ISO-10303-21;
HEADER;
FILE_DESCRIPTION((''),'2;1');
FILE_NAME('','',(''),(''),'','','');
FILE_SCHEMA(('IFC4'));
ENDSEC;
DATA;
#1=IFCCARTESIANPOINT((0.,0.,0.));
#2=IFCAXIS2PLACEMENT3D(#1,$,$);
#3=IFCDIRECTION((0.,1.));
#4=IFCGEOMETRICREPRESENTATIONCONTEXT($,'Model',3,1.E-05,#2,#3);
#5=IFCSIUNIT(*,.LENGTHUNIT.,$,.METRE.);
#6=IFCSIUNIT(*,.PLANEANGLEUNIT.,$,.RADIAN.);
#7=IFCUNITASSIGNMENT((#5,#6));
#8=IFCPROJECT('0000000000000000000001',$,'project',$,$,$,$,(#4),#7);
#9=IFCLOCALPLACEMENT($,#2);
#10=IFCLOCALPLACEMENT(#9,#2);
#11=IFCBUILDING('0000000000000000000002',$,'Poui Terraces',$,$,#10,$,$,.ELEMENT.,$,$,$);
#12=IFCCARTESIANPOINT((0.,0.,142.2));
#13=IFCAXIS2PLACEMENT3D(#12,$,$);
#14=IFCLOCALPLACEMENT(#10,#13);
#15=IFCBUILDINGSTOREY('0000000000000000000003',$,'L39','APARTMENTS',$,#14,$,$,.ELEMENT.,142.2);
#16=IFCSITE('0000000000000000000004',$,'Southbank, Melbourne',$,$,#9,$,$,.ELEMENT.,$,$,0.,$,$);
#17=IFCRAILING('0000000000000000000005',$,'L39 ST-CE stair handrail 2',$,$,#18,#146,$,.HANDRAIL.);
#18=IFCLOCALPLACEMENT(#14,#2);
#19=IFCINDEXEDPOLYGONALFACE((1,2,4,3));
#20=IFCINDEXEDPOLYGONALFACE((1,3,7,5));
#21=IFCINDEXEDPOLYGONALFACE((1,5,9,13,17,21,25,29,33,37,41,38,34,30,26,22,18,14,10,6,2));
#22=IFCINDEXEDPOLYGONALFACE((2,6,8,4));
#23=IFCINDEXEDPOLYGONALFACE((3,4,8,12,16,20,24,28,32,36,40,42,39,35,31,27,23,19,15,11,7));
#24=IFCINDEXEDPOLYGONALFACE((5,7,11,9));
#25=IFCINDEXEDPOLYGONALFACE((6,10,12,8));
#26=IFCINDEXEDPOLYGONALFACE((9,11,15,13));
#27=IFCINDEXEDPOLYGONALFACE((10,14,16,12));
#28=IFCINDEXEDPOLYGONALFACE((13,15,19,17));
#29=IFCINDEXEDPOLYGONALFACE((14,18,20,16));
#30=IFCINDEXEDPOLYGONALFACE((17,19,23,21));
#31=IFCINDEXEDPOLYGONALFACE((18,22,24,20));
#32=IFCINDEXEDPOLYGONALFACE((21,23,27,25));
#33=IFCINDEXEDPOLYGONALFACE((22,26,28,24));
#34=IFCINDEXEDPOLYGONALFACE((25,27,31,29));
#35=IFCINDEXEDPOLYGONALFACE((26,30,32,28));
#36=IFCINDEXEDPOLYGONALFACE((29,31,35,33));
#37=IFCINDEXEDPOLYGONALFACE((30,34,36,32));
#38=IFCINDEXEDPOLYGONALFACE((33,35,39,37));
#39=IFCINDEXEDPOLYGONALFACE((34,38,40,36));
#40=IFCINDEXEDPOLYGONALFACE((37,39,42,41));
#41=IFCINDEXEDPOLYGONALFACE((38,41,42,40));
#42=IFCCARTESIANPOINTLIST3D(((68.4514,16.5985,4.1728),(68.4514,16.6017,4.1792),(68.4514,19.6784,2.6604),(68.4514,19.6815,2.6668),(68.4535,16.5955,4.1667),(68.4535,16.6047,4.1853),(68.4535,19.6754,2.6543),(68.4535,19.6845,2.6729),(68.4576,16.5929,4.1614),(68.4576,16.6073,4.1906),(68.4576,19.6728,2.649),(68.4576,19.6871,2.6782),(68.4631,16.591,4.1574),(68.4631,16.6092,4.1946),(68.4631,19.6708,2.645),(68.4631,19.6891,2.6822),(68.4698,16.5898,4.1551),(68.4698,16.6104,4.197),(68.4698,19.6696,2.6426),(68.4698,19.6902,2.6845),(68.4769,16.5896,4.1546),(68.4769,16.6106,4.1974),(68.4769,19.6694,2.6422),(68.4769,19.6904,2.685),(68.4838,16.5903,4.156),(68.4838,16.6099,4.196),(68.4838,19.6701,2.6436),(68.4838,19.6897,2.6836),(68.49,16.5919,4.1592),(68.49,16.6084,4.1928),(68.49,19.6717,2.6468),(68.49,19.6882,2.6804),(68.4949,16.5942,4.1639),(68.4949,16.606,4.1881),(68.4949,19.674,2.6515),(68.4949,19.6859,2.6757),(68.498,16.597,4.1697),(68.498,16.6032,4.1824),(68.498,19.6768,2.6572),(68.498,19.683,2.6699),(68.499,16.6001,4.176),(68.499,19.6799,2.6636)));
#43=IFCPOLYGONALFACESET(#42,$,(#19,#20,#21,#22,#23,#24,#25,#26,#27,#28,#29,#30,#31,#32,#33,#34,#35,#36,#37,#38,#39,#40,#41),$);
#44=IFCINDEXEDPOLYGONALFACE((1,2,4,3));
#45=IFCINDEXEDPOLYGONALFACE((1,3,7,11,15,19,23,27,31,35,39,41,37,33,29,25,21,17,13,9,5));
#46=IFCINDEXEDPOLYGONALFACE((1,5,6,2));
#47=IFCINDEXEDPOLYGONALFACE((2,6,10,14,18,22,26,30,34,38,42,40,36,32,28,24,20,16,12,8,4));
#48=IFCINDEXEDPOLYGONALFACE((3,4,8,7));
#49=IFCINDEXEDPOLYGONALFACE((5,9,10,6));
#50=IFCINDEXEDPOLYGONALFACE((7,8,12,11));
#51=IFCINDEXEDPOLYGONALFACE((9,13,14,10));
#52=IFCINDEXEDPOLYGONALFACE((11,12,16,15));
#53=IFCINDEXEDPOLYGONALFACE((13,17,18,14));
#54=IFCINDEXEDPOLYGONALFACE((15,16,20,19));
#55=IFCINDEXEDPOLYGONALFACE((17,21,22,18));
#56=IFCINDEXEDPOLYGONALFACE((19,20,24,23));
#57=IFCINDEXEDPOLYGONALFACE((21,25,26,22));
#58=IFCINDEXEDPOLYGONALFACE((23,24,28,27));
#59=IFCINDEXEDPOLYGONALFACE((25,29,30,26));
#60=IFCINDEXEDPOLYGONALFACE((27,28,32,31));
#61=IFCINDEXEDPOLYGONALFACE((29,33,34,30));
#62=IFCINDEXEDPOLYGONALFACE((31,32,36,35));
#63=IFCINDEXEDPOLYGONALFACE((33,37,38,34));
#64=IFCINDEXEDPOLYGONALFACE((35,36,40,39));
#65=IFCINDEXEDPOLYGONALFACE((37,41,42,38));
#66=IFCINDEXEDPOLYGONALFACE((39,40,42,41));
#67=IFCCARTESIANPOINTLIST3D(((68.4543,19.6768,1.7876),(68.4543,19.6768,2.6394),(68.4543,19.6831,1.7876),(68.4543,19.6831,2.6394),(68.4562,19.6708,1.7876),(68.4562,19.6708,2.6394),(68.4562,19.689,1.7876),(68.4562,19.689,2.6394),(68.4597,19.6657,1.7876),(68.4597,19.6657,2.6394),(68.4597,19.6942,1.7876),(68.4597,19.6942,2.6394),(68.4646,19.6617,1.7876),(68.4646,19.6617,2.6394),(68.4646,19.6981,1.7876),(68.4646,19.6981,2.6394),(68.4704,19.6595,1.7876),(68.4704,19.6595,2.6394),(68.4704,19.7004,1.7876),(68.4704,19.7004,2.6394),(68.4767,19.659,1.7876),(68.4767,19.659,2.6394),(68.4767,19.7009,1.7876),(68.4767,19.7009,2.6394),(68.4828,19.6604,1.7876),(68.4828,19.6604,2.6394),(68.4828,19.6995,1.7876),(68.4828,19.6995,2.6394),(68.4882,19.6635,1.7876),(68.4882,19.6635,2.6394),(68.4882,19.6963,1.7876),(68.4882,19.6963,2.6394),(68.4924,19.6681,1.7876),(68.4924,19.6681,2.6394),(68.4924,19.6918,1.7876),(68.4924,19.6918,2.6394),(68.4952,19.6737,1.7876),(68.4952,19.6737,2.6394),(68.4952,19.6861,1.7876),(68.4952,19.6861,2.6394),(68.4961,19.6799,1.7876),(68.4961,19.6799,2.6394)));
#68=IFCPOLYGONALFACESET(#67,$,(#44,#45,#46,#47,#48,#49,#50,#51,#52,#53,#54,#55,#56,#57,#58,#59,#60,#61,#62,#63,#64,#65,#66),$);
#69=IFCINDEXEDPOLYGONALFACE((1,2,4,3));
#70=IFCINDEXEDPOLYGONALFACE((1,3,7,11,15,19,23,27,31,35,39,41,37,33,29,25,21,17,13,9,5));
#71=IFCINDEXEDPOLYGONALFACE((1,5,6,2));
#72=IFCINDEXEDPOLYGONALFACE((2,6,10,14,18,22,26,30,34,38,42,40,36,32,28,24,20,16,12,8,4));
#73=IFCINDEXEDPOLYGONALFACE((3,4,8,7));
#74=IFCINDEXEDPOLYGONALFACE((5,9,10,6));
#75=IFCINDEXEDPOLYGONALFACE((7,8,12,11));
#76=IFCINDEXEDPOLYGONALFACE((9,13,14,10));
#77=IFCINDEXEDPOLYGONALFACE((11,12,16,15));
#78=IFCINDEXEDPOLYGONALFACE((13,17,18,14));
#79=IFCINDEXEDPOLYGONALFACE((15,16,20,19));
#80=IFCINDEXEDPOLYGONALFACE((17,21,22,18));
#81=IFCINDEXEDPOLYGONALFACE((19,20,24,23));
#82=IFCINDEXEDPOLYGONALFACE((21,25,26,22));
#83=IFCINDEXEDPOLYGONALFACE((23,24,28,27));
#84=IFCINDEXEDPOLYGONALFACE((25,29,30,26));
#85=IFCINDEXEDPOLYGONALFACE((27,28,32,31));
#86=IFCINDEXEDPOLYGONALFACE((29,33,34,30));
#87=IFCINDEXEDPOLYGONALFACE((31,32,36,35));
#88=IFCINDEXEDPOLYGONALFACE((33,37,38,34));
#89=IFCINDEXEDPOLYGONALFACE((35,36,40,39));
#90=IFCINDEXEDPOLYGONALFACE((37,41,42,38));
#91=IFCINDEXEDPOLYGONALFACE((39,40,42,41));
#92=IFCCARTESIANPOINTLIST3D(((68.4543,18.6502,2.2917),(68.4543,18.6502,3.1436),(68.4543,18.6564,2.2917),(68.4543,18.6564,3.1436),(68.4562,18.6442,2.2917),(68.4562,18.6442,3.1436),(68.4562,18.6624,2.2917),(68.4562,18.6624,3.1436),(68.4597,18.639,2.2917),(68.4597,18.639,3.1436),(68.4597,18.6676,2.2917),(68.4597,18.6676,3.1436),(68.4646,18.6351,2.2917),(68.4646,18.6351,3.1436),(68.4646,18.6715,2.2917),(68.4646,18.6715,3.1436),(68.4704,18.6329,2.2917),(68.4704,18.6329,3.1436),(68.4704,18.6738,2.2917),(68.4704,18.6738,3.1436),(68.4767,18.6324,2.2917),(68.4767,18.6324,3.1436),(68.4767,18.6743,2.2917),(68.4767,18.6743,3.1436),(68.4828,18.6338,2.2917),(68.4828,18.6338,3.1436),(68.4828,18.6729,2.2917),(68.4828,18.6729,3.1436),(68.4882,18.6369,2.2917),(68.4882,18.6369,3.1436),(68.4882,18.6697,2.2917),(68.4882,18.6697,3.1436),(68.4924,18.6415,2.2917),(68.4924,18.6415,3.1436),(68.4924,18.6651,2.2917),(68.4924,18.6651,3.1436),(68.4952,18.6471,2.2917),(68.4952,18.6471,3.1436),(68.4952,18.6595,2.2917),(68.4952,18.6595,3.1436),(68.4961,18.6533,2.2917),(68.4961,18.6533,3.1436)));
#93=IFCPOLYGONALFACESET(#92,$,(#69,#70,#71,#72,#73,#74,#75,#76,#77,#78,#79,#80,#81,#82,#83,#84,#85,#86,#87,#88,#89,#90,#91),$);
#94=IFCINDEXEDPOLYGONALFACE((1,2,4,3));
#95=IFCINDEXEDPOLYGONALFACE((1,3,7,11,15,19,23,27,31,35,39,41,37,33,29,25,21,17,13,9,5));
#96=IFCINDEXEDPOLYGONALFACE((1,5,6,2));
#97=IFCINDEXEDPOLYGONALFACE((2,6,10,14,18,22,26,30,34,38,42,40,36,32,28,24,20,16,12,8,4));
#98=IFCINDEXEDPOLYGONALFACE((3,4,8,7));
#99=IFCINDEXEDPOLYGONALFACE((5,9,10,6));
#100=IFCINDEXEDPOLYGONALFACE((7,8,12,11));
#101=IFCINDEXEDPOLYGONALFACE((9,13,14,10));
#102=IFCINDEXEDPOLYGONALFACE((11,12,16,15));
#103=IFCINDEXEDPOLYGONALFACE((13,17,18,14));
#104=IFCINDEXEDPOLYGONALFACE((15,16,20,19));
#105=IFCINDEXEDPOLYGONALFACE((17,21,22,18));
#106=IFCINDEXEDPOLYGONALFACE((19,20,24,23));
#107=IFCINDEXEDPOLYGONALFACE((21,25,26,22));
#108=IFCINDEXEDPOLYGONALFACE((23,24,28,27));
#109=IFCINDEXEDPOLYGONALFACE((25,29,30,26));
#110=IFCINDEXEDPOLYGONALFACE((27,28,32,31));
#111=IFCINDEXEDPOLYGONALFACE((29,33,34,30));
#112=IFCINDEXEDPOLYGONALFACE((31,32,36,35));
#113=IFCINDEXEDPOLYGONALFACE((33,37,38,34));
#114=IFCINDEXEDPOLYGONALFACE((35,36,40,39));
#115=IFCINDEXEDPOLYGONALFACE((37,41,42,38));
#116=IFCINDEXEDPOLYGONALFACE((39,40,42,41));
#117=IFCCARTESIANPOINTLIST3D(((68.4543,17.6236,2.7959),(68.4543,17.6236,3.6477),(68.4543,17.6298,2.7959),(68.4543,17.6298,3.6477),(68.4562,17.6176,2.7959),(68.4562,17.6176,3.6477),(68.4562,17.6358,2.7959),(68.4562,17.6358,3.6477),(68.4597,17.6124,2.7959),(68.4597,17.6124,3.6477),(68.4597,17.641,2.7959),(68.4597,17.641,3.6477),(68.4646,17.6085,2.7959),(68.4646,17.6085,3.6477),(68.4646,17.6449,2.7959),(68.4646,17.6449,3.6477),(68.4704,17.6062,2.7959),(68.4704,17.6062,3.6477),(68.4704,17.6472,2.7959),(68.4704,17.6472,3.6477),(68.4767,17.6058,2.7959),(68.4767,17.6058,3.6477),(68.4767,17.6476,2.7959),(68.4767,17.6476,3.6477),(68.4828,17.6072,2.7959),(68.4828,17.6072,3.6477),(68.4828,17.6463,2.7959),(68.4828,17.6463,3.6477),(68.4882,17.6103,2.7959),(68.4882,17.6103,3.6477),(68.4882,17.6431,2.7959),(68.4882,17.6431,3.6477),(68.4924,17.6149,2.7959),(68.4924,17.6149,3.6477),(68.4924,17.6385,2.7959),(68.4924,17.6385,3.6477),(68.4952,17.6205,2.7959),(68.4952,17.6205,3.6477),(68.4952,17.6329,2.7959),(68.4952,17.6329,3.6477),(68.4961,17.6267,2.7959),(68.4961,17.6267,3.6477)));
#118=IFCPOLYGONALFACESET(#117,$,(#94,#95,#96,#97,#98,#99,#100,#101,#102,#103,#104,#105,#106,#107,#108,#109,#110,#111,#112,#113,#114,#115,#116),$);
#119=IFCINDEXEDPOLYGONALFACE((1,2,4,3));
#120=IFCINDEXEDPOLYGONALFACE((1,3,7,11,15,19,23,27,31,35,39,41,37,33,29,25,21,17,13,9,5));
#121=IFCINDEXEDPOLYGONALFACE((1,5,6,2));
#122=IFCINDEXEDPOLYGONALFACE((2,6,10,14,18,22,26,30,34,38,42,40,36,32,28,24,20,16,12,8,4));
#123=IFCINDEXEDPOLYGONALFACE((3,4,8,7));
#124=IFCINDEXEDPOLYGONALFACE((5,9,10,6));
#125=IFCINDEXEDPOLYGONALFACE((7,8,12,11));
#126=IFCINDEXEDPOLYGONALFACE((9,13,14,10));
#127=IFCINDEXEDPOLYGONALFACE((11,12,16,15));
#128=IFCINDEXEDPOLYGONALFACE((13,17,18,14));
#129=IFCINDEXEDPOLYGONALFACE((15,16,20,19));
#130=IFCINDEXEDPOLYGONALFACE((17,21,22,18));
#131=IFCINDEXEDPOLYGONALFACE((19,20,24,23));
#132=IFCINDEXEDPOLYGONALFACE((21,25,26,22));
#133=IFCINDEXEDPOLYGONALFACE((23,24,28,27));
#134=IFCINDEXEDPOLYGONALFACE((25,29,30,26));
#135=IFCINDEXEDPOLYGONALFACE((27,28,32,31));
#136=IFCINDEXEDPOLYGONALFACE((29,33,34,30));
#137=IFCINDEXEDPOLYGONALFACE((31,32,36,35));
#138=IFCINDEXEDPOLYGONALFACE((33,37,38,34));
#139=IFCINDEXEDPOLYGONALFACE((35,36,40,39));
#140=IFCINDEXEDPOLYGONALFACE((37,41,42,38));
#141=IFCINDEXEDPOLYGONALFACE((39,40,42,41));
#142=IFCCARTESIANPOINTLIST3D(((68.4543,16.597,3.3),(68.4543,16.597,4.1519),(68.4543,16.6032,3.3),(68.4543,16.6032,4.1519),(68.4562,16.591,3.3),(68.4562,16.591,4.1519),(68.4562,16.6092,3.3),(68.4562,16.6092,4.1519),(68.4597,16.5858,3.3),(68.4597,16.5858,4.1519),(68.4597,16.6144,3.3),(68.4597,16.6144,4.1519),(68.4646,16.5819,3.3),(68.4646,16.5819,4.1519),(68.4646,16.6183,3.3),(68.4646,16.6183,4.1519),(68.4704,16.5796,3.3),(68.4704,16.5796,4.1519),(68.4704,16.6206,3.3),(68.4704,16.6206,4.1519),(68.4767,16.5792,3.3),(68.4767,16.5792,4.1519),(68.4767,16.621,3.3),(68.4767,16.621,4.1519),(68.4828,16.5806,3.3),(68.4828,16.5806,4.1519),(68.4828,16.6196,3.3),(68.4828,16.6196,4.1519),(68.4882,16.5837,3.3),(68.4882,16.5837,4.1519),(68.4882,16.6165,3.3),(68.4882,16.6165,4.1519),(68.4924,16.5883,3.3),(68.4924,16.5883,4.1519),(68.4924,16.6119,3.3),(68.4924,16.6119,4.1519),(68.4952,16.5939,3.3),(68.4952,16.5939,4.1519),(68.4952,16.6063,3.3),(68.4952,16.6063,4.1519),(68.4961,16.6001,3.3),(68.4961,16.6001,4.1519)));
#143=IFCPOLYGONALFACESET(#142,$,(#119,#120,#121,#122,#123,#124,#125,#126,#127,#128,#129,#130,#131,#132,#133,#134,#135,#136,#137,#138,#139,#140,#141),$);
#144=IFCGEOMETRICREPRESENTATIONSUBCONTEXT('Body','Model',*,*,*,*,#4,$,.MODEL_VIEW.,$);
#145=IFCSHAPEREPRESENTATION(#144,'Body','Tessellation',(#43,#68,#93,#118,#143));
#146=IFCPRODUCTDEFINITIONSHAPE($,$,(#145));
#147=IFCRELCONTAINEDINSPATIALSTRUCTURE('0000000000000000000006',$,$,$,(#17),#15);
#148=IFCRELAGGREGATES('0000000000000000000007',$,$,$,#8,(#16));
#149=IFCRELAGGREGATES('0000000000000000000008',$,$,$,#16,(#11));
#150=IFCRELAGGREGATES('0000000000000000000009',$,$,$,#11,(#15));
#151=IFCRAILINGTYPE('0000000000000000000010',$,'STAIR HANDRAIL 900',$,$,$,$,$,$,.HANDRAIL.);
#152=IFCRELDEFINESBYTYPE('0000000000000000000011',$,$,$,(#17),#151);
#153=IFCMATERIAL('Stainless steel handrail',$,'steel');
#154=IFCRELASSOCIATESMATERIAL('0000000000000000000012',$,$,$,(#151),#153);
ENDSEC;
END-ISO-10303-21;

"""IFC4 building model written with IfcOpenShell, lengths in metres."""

from ifc_helpers import new_model, si_unit, direction, frame, origin, origin_2d, place, context, subcontext, project, spatial, circle, extrude, material, type_object, element, save


model = new_model("IFC4")

# Units and contexts
model_context = context("Model", 3, precision=1e-05, world=origin(), true_north=direction((0.0, 1.0)))
body_context = subcontext(model_context, "Body", "Model", "MODEL_VIEW")
ifc_project = project(units=[si_unit("LENGTHUNIT", "METRE"), si_unit("PLANEANGLEUNIT", "RADIAN")], contexts=[model_context])

# Site, building, storey
site_placement = place(None, origin())
site = spatial("IfcSite", under=ifc_project, at=site_placement, Name="Southbank, Melbourne", CompositionType="ELEMENT", RefElevation=0.0)
building_placement = place(site_placement, origin())
building = spatial("IfcBuilding", under=site, at=building_placement, Name="Poui Terraces", CompositionType="ELEMENT")
storey_placement = place(building_placement, frame((0.0, 0.0, 142.2)))
storey = spatial("IfcBuildingStorey", under=building, at=storey_placement, Name="L39", Description="APARTMENTS", CompositionType="ELEMENT", Elevation=142.2)

# Railing
ifc_material_1 = material(Name="Stainless steel handrail", Category="steel")
railing_type_1 = type_object("IfcRailingType", Name="STAIR HANDRAIL 900", PredefinedType="HANDRAIL", material=ifc_material_1)
for number, where, name in (
    (1, (68.4751, 19.6799, 1.7876), "L39 ST-CE stair handrail 2"),
):
    element("IfcRailing", number, at=place(storey_placement, frame(where)), inside=storey, type_object=railing_type_1, Name=name, PredefinedType="HANDRAIL", context=body_context, shape_type="SweptSolid", body=[
        extrude(circle(Radius=0.0239, at=origin_2d()), frame((0.0, 0.0, 0.876), z_axis=(0.0, -0.897606, 0.440798), x_axis=(1.0, 0.0, 0.0)), (0.0, 0.0, 1.0), 3.4312),
        extrude(circle(Radius=0.021, at=origin_2d()), origin(), (0.0, 0.0, 1.0), 0.8518),
        extrude(circle(Radius=0.021, at=origin_2d()), frame((0.0, -1.0266, 0.5042)), (0.0, 0.0, 1.0), 0.8518),
        extrude(circle(Radius=0.021, at=origin_2d()), frame((0.0, -2.0532, 1.0083)), (0.0, 0.0, 1.0), 0.8518),
        extrude(circle(Radius=0.021, at=origin_2d()), frame((0.0, -3.0798, 1.5125)), (0.0, 0.0, 1.0), 0.8518),
    ])

save(model, "model.ifc")
